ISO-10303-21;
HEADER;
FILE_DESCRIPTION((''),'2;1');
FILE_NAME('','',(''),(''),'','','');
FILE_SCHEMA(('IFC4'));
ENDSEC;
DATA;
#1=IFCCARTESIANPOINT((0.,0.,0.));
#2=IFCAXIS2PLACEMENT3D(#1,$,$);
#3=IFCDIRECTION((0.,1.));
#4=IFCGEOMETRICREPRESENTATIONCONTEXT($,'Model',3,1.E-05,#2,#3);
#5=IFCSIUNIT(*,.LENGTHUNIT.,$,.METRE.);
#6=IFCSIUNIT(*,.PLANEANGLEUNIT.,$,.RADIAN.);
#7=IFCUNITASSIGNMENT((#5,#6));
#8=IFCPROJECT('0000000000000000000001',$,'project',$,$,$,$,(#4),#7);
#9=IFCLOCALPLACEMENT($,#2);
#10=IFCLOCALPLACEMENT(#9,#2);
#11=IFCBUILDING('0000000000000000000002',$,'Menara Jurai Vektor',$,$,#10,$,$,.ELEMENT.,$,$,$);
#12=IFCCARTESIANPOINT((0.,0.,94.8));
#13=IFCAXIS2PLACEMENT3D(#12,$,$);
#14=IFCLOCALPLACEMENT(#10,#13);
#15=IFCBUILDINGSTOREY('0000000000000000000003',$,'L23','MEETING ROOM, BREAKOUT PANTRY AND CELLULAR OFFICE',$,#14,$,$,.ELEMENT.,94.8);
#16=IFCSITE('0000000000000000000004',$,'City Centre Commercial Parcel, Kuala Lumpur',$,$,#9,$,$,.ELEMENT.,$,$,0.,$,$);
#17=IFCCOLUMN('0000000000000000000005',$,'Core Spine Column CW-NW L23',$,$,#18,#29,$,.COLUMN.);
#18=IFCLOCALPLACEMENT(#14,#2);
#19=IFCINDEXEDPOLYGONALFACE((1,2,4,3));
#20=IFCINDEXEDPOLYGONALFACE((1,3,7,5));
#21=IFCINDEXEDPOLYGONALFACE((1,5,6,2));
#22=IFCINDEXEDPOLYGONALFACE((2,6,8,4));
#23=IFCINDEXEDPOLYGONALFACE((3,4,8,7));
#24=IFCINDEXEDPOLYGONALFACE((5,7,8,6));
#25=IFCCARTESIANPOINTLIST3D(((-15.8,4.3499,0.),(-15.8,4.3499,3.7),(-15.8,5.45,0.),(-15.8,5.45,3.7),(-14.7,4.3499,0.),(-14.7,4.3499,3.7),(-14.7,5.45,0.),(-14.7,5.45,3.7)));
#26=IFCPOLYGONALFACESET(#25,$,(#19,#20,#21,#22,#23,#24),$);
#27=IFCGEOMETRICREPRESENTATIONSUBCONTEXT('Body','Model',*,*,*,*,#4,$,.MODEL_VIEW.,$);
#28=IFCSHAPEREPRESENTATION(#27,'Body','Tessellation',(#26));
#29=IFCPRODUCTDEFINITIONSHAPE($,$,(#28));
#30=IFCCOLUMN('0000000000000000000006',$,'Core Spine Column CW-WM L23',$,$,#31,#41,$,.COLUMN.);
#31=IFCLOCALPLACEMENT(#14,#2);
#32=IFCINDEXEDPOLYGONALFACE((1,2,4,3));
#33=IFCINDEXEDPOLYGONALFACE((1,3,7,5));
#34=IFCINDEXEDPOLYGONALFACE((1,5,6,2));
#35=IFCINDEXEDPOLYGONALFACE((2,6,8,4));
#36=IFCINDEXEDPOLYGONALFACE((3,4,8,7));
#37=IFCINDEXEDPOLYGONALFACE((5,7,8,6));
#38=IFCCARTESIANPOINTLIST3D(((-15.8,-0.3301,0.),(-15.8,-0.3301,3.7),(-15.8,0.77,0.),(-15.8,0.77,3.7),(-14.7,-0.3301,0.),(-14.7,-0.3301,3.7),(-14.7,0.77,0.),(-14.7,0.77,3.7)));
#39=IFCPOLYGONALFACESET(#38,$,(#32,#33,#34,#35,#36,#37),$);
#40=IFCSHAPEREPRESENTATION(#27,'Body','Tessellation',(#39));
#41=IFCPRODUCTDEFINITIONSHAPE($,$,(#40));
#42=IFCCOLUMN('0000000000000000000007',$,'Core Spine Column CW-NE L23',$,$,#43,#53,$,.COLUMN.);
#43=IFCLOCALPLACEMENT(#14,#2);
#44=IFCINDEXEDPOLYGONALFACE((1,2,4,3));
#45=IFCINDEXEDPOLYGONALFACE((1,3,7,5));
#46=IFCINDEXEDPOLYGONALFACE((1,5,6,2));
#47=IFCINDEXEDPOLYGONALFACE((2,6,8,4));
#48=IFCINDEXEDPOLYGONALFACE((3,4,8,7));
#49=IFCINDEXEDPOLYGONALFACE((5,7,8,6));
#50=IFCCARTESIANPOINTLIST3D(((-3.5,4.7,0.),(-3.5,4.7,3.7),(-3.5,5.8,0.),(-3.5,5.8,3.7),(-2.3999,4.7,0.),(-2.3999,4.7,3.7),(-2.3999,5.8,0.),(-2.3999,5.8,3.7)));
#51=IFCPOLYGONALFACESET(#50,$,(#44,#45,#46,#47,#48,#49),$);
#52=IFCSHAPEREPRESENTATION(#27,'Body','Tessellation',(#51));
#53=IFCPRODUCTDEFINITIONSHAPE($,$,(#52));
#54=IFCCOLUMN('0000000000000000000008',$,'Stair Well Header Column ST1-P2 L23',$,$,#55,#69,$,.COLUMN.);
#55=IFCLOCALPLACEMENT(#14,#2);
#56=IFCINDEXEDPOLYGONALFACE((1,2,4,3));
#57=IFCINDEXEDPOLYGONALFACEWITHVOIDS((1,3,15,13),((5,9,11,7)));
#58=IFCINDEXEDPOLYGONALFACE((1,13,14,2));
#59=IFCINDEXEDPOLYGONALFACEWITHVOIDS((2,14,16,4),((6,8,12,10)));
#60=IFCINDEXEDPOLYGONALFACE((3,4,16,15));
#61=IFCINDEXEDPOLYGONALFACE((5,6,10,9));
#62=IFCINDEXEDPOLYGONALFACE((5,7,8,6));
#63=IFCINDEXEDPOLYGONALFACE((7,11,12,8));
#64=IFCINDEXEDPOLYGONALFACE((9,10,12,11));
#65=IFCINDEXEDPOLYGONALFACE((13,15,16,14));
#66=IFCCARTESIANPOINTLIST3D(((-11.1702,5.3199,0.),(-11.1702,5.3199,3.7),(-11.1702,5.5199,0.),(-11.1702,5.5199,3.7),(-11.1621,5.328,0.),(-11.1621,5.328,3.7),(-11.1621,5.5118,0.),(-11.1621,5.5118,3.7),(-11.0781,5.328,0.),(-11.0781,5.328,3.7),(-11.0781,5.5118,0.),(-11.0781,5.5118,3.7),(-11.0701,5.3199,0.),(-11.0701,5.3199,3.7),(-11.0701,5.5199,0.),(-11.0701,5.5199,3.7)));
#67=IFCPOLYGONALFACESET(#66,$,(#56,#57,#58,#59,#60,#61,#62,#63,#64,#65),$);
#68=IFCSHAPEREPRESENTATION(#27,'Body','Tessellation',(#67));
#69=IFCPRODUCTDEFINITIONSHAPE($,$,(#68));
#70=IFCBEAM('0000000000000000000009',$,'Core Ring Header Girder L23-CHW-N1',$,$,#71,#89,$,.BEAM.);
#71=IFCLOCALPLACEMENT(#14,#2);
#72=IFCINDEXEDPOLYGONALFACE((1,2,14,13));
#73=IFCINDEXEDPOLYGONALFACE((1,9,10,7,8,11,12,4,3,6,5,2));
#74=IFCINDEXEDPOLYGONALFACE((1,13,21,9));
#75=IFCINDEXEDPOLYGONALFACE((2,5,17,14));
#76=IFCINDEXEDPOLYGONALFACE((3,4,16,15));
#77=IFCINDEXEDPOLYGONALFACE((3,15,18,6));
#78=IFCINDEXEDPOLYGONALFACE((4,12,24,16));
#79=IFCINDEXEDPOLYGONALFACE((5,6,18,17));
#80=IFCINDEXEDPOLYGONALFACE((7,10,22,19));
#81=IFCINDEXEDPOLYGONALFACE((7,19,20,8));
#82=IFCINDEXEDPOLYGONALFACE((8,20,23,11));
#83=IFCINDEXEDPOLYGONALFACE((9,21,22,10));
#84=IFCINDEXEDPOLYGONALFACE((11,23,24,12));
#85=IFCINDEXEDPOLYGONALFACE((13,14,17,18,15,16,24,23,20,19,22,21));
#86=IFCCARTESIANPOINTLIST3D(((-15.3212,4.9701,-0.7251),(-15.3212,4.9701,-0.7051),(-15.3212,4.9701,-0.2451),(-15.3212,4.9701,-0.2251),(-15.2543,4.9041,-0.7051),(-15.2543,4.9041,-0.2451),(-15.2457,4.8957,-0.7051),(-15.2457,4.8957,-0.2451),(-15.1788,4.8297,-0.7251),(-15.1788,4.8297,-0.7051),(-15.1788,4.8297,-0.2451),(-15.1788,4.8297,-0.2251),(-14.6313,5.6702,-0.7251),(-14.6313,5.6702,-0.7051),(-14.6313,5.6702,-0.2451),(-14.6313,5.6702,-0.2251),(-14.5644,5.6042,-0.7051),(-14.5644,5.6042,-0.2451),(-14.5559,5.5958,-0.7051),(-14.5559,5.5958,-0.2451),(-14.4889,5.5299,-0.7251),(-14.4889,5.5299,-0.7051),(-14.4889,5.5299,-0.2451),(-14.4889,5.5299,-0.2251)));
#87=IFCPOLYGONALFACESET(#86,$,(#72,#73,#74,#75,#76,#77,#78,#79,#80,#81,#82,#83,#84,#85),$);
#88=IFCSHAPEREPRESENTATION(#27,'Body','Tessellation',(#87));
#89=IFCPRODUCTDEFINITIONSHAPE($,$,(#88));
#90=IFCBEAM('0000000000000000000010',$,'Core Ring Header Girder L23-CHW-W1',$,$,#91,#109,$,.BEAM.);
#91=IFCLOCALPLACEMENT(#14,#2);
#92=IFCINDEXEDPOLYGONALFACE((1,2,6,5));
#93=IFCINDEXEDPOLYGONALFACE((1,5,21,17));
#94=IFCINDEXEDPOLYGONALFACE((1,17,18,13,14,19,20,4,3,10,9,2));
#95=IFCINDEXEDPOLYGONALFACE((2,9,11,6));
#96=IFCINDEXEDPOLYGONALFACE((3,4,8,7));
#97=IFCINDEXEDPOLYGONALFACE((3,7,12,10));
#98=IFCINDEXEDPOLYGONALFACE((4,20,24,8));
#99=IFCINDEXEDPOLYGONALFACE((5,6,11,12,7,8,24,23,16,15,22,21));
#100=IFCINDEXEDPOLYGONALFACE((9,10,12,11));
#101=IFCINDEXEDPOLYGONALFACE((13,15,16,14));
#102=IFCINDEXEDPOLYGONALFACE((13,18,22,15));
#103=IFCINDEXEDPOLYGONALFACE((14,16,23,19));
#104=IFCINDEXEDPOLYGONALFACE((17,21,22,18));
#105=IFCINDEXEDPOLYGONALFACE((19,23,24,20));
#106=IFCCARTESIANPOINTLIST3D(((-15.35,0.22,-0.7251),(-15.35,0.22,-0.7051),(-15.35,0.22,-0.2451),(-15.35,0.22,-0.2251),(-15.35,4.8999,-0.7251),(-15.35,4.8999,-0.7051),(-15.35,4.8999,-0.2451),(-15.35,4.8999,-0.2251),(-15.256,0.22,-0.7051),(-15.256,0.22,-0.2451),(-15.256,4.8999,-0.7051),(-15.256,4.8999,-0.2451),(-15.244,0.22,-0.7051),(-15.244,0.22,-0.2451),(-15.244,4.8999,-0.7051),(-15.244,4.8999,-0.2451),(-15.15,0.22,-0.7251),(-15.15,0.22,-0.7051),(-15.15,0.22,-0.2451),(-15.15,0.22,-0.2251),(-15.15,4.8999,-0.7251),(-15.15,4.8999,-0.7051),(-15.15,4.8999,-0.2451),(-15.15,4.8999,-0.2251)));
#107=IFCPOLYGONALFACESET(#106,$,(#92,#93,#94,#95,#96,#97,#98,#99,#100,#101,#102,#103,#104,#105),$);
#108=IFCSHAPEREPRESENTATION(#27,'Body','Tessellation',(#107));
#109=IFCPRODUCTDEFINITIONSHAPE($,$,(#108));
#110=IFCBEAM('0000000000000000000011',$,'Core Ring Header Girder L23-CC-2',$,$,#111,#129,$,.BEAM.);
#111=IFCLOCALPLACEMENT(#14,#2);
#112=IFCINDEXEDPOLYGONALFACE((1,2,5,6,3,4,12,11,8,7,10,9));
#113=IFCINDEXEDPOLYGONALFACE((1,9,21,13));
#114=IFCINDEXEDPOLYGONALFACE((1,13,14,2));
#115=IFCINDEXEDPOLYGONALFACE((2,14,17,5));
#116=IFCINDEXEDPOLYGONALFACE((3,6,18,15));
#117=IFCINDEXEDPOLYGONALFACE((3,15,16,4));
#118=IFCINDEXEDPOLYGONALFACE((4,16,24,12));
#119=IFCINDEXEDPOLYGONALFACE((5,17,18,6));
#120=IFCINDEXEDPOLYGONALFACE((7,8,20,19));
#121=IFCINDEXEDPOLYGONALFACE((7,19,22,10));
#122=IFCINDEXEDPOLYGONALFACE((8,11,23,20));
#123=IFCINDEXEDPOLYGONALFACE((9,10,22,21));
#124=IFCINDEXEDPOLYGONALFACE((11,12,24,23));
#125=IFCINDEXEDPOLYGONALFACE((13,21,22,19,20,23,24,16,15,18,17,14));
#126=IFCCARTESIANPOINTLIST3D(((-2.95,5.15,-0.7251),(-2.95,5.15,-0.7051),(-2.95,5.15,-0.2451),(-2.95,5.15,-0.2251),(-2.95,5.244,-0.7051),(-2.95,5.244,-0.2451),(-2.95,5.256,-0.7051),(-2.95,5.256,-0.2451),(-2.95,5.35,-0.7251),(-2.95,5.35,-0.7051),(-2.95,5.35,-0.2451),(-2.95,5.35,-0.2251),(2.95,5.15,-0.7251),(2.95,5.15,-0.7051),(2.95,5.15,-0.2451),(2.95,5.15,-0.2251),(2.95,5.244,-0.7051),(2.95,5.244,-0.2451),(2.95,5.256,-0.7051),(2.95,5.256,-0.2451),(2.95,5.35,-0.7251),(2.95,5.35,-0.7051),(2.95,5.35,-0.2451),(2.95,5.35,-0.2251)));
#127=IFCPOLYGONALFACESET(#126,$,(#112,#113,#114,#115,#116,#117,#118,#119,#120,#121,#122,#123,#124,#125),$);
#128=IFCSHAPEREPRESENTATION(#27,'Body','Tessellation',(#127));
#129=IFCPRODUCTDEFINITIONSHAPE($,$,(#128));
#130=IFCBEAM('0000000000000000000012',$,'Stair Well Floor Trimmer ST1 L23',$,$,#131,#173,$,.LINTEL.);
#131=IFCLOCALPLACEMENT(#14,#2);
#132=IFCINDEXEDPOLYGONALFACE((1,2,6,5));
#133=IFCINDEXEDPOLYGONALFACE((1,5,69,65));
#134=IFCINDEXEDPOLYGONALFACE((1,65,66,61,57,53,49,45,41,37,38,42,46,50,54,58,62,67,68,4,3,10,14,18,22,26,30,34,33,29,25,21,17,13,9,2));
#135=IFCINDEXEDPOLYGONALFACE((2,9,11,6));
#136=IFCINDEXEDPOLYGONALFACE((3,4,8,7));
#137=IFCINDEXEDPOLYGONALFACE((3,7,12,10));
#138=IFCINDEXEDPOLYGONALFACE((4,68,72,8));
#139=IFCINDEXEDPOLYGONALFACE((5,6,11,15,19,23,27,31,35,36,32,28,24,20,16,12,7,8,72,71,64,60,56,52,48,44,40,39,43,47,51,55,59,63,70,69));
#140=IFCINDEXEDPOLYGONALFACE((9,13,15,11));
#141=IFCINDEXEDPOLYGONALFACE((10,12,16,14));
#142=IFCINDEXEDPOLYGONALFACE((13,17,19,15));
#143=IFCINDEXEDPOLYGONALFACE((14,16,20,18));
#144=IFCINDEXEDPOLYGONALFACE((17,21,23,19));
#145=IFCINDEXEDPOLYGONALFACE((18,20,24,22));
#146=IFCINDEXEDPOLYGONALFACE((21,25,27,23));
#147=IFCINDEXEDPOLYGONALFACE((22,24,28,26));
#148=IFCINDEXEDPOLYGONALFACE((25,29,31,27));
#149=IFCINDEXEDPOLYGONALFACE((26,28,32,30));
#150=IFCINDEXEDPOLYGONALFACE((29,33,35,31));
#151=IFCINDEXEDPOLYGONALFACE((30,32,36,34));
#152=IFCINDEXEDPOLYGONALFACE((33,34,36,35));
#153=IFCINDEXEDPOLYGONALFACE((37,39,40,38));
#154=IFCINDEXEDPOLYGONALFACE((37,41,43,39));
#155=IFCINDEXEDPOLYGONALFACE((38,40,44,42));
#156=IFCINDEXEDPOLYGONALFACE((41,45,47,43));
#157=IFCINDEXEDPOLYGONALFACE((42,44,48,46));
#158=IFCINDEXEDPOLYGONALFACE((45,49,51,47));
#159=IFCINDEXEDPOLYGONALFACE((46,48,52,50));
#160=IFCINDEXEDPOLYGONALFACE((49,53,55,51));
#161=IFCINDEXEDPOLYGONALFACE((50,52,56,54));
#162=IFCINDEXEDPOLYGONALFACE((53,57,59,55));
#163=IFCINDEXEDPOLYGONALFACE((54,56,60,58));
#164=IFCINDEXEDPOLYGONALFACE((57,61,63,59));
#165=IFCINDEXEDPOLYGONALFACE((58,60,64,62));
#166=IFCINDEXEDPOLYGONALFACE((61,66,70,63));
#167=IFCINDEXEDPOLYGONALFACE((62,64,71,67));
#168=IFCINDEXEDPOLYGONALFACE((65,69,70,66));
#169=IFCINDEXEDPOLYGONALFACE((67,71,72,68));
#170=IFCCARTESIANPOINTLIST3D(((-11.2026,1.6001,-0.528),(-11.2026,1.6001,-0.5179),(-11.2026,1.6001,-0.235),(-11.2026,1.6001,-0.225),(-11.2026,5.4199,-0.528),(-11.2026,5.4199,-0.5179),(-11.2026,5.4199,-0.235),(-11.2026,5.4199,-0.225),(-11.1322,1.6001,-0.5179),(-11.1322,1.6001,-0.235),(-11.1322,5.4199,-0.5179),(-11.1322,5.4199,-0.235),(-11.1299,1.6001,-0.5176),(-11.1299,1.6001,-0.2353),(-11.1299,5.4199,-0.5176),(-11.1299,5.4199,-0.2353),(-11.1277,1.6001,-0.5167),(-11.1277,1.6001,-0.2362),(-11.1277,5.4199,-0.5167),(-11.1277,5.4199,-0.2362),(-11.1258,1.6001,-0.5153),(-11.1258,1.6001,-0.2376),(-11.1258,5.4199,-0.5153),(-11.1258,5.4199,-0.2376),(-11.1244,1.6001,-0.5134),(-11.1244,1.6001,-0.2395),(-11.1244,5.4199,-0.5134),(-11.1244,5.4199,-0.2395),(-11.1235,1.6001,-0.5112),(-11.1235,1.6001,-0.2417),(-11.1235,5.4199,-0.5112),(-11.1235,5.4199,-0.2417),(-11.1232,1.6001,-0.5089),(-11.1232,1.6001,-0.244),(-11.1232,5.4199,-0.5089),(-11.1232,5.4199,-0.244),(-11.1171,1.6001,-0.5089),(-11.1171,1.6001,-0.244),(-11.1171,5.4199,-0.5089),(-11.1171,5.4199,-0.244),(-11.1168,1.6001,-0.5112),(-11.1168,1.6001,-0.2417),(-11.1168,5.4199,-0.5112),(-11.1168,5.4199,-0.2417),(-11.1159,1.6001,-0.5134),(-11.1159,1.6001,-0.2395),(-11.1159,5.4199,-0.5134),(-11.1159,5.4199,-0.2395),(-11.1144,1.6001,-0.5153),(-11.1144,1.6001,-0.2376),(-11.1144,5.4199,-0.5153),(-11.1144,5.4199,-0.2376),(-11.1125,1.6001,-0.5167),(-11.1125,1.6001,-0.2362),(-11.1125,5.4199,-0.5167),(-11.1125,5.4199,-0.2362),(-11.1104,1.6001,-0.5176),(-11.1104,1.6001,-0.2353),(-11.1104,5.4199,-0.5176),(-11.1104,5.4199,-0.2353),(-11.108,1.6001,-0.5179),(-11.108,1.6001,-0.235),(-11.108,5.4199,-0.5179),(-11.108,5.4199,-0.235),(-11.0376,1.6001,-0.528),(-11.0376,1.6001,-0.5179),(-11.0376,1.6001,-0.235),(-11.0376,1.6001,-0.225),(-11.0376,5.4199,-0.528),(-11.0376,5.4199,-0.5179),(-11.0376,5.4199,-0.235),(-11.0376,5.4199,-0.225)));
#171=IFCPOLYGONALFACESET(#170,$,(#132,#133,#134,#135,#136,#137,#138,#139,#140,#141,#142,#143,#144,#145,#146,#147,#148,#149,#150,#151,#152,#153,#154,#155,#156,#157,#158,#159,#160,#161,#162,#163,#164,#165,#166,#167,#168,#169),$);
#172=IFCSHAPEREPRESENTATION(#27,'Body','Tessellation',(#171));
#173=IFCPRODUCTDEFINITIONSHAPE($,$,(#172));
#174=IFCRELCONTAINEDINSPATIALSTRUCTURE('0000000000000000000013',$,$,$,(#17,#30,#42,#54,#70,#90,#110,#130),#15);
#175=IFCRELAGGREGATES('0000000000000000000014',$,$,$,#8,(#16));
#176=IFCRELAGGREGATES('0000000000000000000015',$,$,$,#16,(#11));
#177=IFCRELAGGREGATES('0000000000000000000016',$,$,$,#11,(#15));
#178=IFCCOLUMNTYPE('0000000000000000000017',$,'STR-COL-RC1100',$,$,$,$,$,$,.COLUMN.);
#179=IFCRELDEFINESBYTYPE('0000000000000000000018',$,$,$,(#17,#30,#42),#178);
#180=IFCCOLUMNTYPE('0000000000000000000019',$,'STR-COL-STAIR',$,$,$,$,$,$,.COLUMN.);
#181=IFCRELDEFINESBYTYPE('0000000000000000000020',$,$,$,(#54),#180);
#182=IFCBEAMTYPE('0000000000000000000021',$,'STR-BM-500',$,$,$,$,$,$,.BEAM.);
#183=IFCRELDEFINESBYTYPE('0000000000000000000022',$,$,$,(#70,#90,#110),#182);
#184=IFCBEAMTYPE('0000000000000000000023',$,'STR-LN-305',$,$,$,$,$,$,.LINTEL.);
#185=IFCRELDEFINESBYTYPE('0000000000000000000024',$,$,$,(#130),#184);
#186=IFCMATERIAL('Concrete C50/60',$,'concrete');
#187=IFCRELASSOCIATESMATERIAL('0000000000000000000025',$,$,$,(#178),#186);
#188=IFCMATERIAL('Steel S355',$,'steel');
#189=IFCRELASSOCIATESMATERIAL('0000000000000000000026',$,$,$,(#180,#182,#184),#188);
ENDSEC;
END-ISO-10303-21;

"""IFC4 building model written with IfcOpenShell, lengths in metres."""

from ifc_helpers import new_model, si_unit, direction, frame, origin, origin_2d, place, context, subcontext, project, spatial, rectangle, hollow_rectangle, i_section, extrude, material, material_profile, profile_set, type_object, element, save


model = new_model("IFC4")

# Units and contexts
model_context = context("Model", 3, precision=1e-05, world=origin(), true_north=direction((0.0, 1.0)))
body_context = subcontext(model_context, "Body", "Model", "MODEL_VIEW")
ifc_project = project(units=[si_unit("LENGTHUNIT", "METRE"), si_unit("PLANEANGLEUNIT", "RADIAN")], contexts=[model_context])

# Site, building, storey
site_placement = place(None, origin())
site = spatial("IfcSite", under=ifc_project, at=site_placement, Name="City Centre Commercial Parcel, Kuala Lumpur", CompositionType="ELEMENT", RefElevation=0.0)
building_placement = place(site_placement, origin())
building = spatial("IfcBuilding", under=site, at=building_placement, Name="Menara Jurai Vektor", CompositionType="ELEMENT")
storey_placement = place(building_placement, frame((0.0, 0.0, 94.8)))
storey = spatial("IfcBuildingStorey", under=building, at=storey_placement, Name="L23", Description="MEETING ROOM, BREAKOUT PANTRY AND CELLULAR OFFICE", CompositionType="ELEMENT", Elevation=94.8)

# Columns
ifc_material_1 = material(Name="Concrete C50/60", Category="concrete")
ifc_material_profile_1 = material_profile(ifc_material_1, rectangle(XDim=1.1001, YDim=1.1001, at=origin_2d()), Name="RC 1100x1100")
ifc_profile_set_1 = profile_set([ifc_material_profile_1], Name="Concrete C50/60")
column_type_1 = type_object("IfcColumnType", Name="STR-COL-RC1100", PredefinedType="COLUMN", material=ifc_profile_set_1)
for number, where, z_axis, x_axis, name in (
    (1, (-15.25, 4.8999, 0.0), (0.0, 0.0, 1.0), (1.0, 0.0, 0.0), "Core Spine Column CW-NW L23"),
    (2, (-15.25, 0.22, 0.0), (0.0, 0.0, 1.0), (1.0, 0.0, 0.0), "Core Spine Column CW-WM L23"),
    (3, (-2.95, 5.25, 0.0), (0.0, 0.0, 1.0), (1.0, 0.0, 0.0), "Core Spine Column CW-NE L23"),
):
    element("IfcColumn", number, at=place(storey_placement, frame(where, z_axis=z_axis, x_axis=x_axis)), inside=storey, type_object=column_type_1, Name=name, PredefinedType="COLUMN", context=body_context, shape_type="SweptSolid", body=[
        extrude(rectangle(XDim=1.1001, YDim=1.1001, at=origin_2d()), origin(), (0.0, 0.0, 1.0), 3.7),
    ])
ifc_material_2 = material(Name="Steel S355", Category="steel")
ifc_material_profile_2 = material_profile(ifc_material_2, hollow_rectangle(XDim=0.1001, YDim=0.2, WallThickness=0.0081, at=origin_2d()), Name="RHS 200x100x8")
ifc_profile_set_2 = profile_set([ifc_material_profile_2], Name="Steel S355")
column_type_2 = type_object("IfcColumnType", Name="STR-COL-STAIR", PredefinedType="COLUMN", material=ifc_profile_set_2)
column_placement = place(storey_placement, frame((-11.1201, 5.4199, 0.0), z_axis=(0.0, 0.0, 1.0), x_axis=(1.0, 0.0, 0.0)))
element("IfcColumn", 4, at=column_placement, inside=storey, type_object=column_type_2, Name="Stair Well Header Column ST1-P2 L23", PredefinedType="COLUMN", context=body_context, shape_type="SweptSolid", body=[
    extrude(hollow_rectangle(XDim=0.1001, YDim=0.2, WallThickness=0.0081, at=origin_2d()), origin(), (0.0, 0.0, 1.0), 3.7),
])

# Beams
ifc_material_profile_3 = material_profile(ifc_material_2, i_section(OverallWidth=0.2, OverallDepth=0.5, WebThickness=0.012, FlangeThickness=0.02, at=origin_2d()), Name="PG 500x200x96")
ifc_profile_set_3 = profile_set([ifc_material_profile_3], Name="Steel S355")
beam_type_1 = type_object("IfcBeamType", Name="STR-BM-500", PredefinedType="BEAM", material=ifc_profile_set_3)
beam_1_placement = place(storey_placement, frame((-15.25, 4.8999, -0.4751), z_axis=(0.701872, 0.712303, 0.0), x_axis=(-0.712303, 0.701872, 0.0)))
element("IfcBeam", 5, at=beam_1_placement, inside=storey, type_object=beam_type_1, Name="Core Ring Header Girder L23-CHW-N1", PredefinedType="BEAM", context=body_context, shape_type="SweptSolid", body=[
    extrude(i_section(OverallWidth=0.2, OverallDepth=0.5, WebThickness=0.012, FlangeThickness=0.02, at=origin_2d()), origin(), (0.0, 0.0, 1.0), 0.9829),
])
beam_2_placement = place(storey_placement, frame((-15.25, 0.22, -0.4751), z_axis=(0.0, 1.0, 0.0), x_axis=(-1.0, 0.0, 0.0)))
element("IfcBeam", 6, at=beam_2_placement, inside=storey, type_object=beam_type_1, Name="Core Ring Header Girder L23-CHW-W1", PredefinedType="BEAM", context=body_context, shape_type="SweptSolid", body=[
    extrude(i_section(OverallWidth=0.2, OverallDepth=0.5, WebThickness=0.012, FlangeThickness=0.02, at=origin_2d()), origin(), (0.0, 0.0, 1.0), 4.6799),
])
beam_3_placement = place(storey_placement, frame((-2.95, 5.25, -0.4751), z_axis=(1.0, 0.0, 0.0), x_axis=(0.0, 1.0, 0.0)))
element("IfcBeam", 7, at=beam_3_placement, inside=storey, type_object=beam_type_1, Name="Core Ring Header Girder L23-CC-2", PredefinedType="BEAM", context=body_context, shape_type="SweptSolid", body=[
    extrude(i_section(OverallWidth=0.2, OverallDepth=0.5, WebThickness=0.012, FlangeThickness=0.02, at=origin_2d()), origin(), (0.0, 0.0, 1.0), 5.8999),
])
ifc_material_profile_4 = material_profile(ifc_material_2, i_section(OverallWidth=0.165, OverallDepth=0.303, WebThickness=0.0061, FlangeThickness=0.01, FilletRadius=0.009, at=origin_2d()), Name="UKB 305x165x40")
ifc_profile_set_4 = profile_set([ifc_material_profile_4], Name="Steel S355")
beam_type_2 = type_object("IfcBeamType", Name="STR-LN-305", PredefinedType="LINTEL", material=ifc_profile_set_4)
beam_4_placement = place(storey_placement, frame((-11.1201, 1.6001, -0.3765), z_axis=(0.0, 1.0, 0.0), x_axis=(-1.0, 0.0, 0.0)))
element("IfcBeam", 8, at=beam_4_placement, inside=storey, type_object=beam_type_2, Name="Stair Well Floor Trimmer ST1 L23", PredefinedType="LINTEL", context=body_context, shape_type="SweptSolid", body=[
    extrude(i_section(OverallWidth=0.165, OverallDepth=0.303, WebThickness=0.0061, FlangeThickness=0.01, FilletRadius=0.009, at=origin_2d()), origin(), (0.0, 0.0, 1.0), 3.8198),
])

save(model, "model.ifc")
